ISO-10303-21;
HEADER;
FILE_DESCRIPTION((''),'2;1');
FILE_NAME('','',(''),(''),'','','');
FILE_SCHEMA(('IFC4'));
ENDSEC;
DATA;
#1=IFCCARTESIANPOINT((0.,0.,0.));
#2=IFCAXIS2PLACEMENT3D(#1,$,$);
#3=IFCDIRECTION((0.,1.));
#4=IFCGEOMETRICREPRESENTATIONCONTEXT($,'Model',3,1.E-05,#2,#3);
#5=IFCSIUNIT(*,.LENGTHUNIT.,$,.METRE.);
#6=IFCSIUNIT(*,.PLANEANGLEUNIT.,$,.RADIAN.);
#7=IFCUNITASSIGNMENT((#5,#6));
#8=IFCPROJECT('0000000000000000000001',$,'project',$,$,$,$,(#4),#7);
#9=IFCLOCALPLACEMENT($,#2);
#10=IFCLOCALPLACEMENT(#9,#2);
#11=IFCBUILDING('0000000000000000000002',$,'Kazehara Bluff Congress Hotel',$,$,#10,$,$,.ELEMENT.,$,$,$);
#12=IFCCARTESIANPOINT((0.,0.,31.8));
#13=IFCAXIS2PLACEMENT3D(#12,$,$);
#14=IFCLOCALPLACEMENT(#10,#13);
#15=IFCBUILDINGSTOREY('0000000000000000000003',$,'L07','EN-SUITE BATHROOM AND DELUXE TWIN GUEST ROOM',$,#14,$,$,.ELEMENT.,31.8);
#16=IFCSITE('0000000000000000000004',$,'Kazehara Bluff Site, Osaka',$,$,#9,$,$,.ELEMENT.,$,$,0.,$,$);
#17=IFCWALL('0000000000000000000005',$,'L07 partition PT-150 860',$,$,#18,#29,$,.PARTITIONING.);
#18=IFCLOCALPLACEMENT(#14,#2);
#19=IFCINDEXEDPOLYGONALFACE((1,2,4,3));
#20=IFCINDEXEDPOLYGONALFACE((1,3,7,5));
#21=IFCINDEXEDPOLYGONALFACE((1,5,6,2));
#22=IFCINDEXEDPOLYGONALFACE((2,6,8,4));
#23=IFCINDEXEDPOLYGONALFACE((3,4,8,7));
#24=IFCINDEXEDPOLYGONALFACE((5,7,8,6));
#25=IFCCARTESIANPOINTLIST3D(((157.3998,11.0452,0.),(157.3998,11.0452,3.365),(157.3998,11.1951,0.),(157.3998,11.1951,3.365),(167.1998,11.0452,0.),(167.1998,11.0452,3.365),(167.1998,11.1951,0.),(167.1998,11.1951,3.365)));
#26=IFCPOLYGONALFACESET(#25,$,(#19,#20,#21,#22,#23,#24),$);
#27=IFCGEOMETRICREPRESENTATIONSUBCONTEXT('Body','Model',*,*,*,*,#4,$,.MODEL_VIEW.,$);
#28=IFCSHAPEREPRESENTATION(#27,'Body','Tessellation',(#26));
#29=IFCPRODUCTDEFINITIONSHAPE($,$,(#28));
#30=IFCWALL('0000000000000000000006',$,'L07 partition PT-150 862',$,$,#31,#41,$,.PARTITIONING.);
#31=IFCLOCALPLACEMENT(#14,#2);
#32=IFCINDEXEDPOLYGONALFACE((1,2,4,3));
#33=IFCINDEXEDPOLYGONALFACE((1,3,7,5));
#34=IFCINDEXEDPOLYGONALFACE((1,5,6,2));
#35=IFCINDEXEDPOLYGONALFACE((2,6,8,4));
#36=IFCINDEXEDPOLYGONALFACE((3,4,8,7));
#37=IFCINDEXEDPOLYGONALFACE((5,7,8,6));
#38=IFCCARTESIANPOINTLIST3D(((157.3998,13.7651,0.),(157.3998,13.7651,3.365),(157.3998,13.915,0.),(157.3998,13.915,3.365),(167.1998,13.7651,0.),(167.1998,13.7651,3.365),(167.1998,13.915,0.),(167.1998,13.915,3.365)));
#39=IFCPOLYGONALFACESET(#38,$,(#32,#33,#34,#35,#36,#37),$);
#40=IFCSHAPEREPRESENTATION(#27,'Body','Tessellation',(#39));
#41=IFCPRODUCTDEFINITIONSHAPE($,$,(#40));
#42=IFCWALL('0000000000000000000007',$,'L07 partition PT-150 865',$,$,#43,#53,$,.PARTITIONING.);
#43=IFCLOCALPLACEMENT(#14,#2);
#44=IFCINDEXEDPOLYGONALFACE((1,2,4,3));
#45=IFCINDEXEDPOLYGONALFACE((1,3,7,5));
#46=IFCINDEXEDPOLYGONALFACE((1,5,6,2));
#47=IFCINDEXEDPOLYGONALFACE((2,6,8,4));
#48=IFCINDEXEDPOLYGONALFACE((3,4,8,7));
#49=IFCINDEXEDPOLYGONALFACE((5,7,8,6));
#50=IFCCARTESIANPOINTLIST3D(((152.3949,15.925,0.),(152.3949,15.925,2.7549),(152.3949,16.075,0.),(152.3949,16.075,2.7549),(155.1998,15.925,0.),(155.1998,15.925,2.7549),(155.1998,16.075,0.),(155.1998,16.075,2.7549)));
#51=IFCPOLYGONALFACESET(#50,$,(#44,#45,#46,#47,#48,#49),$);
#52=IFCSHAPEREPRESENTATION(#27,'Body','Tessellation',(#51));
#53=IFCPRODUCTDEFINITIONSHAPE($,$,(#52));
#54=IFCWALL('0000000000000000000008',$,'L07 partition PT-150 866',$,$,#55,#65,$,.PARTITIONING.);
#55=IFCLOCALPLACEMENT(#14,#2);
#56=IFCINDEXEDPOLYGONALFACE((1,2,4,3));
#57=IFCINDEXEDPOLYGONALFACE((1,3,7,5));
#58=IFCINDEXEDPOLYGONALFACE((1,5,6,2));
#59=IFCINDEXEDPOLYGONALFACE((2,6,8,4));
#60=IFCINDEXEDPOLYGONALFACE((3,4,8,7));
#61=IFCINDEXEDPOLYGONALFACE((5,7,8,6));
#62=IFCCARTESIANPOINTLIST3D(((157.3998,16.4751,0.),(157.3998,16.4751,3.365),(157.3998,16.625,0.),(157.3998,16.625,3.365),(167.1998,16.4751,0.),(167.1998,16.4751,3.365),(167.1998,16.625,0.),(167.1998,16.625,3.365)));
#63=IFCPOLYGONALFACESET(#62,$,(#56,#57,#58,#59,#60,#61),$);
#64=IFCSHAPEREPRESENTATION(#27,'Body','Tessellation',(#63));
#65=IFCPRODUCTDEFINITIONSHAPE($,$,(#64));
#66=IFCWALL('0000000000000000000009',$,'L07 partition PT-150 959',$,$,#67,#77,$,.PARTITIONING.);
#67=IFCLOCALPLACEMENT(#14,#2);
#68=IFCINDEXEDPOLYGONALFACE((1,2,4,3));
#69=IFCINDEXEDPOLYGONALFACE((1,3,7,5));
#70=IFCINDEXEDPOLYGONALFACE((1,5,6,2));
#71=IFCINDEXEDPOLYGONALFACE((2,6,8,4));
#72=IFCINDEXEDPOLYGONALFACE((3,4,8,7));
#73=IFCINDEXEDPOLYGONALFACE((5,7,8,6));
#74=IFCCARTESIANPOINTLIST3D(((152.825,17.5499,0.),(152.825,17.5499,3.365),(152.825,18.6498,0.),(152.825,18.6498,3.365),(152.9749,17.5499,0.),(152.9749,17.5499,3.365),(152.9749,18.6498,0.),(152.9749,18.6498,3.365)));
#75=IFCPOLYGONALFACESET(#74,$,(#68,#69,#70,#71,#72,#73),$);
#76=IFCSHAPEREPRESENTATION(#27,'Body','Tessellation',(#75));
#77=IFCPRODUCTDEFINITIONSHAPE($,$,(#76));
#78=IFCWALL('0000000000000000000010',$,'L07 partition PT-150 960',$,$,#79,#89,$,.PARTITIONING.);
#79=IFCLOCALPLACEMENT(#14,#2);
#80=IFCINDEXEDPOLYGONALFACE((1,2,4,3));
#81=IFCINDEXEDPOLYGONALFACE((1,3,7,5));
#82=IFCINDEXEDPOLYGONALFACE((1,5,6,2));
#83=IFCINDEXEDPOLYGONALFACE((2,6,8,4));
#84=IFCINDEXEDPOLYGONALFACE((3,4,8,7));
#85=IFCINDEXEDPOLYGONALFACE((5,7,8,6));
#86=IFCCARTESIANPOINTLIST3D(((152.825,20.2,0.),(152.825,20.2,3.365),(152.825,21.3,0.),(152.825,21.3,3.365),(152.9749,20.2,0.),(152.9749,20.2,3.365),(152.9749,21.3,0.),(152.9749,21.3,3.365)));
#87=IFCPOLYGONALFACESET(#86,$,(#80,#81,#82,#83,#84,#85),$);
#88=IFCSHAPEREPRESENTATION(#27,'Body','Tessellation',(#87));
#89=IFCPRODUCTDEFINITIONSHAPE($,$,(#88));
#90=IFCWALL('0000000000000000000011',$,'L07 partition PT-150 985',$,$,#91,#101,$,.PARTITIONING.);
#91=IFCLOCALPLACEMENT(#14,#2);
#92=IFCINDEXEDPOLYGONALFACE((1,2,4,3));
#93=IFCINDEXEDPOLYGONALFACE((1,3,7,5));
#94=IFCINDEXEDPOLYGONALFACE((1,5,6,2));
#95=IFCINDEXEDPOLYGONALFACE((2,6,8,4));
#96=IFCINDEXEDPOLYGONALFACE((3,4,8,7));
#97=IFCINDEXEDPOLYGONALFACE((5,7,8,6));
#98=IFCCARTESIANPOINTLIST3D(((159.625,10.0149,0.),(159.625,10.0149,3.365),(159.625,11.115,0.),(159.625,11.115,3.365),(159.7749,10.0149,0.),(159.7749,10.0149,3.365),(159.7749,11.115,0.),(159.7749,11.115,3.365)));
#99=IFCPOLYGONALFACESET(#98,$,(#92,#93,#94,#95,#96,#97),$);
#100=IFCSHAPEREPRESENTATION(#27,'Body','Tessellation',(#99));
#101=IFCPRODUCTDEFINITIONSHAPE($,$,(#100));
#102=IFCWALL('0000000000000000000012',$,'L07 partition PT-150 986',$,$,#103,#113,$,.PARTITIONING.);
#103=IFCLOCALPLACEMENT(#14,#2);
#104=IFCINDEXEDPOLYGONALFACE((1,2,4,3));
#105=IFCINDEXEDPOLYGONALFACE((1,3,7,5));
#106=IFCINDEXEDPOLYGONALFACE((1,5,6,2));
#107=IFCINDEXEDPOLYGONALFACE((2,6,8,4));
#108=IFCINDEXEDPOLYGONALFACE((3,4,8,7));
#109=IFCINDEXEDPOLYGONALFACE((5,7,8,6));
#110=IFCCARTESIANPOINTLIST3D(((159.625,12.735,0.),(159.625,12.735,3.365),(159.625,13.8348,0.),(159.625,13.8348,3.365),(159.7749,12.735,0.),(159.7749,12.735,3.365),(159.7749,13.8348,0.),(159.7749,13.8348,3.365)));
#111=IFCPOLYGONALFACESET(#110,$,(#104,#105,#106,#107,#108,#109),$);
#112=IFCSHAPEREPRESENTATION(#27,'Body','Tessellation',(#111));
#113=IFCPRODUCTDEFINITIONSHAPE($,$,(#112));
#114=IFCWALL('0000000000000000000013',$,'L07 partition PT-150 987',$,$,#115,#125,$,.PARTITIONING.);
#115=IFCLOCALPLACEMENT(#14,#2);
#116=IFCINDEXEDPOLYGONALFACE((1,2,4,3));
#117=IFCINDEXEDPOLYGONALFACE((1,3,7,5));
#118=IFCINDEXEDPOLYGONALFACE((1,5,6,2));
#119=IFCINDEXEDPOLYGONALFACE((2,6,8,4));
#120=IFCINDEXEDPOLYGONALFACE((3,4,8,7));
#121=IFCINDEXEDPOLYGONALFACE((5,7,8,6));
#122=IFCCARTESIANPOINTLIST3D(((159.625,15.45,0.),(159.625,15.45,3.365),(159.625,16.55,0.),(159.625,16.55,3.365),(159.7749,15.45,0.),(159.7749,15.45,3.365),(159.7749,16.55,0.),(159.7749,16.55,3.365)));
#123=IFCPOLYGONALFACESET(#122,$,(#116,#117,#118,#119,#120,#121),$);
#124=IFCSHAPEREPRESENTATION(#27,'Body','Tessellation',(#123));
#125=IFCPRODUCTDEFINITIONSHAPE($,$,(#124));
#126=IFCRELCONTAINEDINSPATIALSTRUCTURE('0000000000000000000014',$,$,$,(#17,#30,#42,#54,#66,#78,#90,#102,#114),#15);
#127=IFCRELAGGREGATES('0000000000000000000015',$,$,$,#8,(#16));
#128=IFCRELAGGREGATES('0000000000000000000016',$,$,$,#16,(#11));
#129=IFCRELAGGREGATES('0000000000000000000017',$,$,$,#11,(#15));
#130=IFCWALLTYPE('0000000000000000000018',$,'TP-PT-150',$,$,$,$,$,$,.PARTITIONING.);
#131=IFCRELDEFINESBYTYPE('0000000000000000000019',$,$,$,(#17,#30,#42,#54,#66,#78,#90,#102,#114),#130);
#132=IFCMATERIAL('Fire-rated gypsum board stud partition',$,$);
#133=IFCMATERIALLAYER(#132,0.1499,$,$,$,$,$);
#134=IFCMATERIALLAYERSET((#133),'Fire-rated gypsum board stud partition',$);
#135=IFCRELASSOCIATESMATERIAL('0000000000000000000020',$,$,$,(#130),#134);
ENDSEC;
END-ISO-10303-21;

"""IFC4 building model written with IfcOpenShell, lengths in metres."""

from ifc_helpers import new_model, si_unit, direction, frame, frame_2d, origin, place, context, subcontext, project, spatial, rectangle, extrude, material, layer, layer_set, type_object, element, save


model = new_model("IFC4")

# Units and contexts
model_context = context("Model", 3, precision=1e-05, world=origin(), true_north=direction((0.0, 1.0)))
body_context = subcontext(model_context, "Body", "Model", "MODEL_VIEW")
ifc_project = project(units=[si_unit("LENGTHUNIT", "METRE"), si_unit("PLANEANGLEUNIT", "RADIAN")], contexts=[model_context])

# Site, building, storey
site_placement = place(None, origin())
site = spatial("IfcSite", under=ifc_project, at=site_placement, Name="Kazehara Bluff Site, Osaka", CompositionType="ELEMENT", RefElevation=0.0)
building_placement = place(site_placement, origin())
building = spatial("IfcBuilding", under=site, at=building_placement, Name="Kazehara Bluff Congress Hotel", CompositionType="ELEMENT")
storey_placement = place(building_placement, frame((0.0, 0.0, 31.8)))
storey = spatial("IfcBuildingStorey", under=building, at=storey_placement, Name="L07", Description="EN-SUITE BATHROOM AND DELUXE TWIN GUEST ROOM", CompositionType="ELEMENT", Elevation=31.8)

# Shared definitions
ifc_material_1 = material(Name="Fire-rated gypsum board stud partition")
ifc_layer_1 = layer(ifc_material_1, 0.1499)
ifc_layer_set_1 = layer_set([ifc_layer_1], Name="Fire-rated gypsum board stud partition")
wall_type_1 = type_object("IfcWallType", Name="TP-PT-150", PredefinedType="PARTITIONING", material=ifc_layer_set_1)

# Wall
wall_1_placement = place(storey_placement, frame((157.3999, 11.1201, 0.0), z_axis=(0.0, 0.0, 1.0), x_axis=(1.0, 0.0, 0.0)))
element("IfcWall", 1, at=wall_1_placement, inside=storey, type_object=wall_type_1, Name="L07 partition PT-150 860", PredefinedType="PARTITIONING", context=body_context, shape_type="SweptSolid", body=[
    extrude(rectangle(XDim=9.8, YDim=0.1499, at=frame_2d((4.8999, 0.0))), origin(), (0.0, 0.0, 1.0), 3.365),
])

# Wall
wall_2_placement = place(storey_placement, frame((157.3999, 13.8401, 0.0), z_axis=(0.0, 0.0, 1.0), x_axis=(1.0, 0.0, 0.0)))
element("IfcWall", 2, at=wall_2_placement, inside=storey, type_object=wall_type_1, Name="L07 partition PT-150 862", PredefinedType="PARTITIONING", context=body_context, shape_type="SweptSolid", body=[
    extrude(rectangle(XDim=9.8, YDim=0.1499, at=frame_2d((4.8999, 0.0))), origin(), (0.0, 0.0, 1.0), 3.365),
])

# Walls
wall_3_placement = place(storey_placement, frame((152.395, 16.0, 0.0), z_axis=(0.0, 0.0, 1.0), x_axis=(1.0, 0.0, 0.0)))
element("IfcWall", 3, at=wall_3_placement, inside=storey, type_object=wall_type_1, Name="L07 partition PT-150 865", PredefinedType="PARTITIONING", context=body_context, shape_type="SweptSolid", body=[
    extrude(rectangle(XDim=2.8049, YDim=0.1499, at=frame_2d((1.4023, 0.0))), origin(), (0.0, 0.0, 1.0), 2.7549),
])
wall_4_placement = place(storey_placement, frame((157.3999, 16.55, 0.0), z_axis=(0.0, 0.0, 1.0), x_axis=(1.0, 0.0, 0.0)))
element("IfcWall", 4, at=wall_4_placement, inside=storey, type_object=wall_type_1, Name="L07 partition PT-150 866", PredefinedType="PARTITIONING", context=body_context, shape_type="SweptSolid", body=[
    extrude(rectangle(XDim=9.8, YDim=0.1499, at=frame_2d((4.8999, 0.0))), origin(), (0.0, 0.0, 1.0), 3.365),
])

# Walls
wall_5_placement = place(storey_placement, frame((152.8999, 17.55, 0.0), z_axis=(0.0, 0.0, 1.0), x_axis=(0.0, 1.0, 0.0)))
element("IfcWall", 5, at=wall_5_placement, inside=storey, type_object=wall_type_1, Name="L07 partition PT-150 959", PredefinedType="PARTITIONING", context=body_context, shape_type="SweptSolid", body=[
    extrude(rectangle(XDim=1.0999, YDim=0.1499, at=frame_2d((0.5498, 0.0))), origin(), (0.0, 0.0, 1.0), 3.365),
])
wall_6_placement = place(storey_placement, frame((152.8999, 20.2, 0.0), z_axis=(0.0, 0.0, 1.0), x_axis=(0.0, 1.0, 0.0)))
element("IfcWall", 6, at=wall_6_placement, inside=storey, type_object=wall_type_1, Name="L07 partition PT-150 960", PredefinedType="PARTITIONING", context=body_context, shape_type="SweptSolid", body=[
    extrude(rectangle(XDim=1.1001, YDim=0.1499, at=frame_2d((0.55, 0.0))), origin(), (0.0, 0.0, 1.0), 3.365),
])

# Walls
wall_7_placement = place(storey_placement, frame((159.7, 10.0149, 0.0), z_axis=(0.0, 0.0, 1.0), x_axis=(0.0, 1.0, 0.0)))
element("IfcWall", 7, at=wall_7_placement, inside=storey, type_object=wall_type_1, Name="L07 partition PT-150 985", PredefinedType="PARTITIONING", context=body_context, shape_type="SweptSolid", body=[
    extrude(rectangle(XDim=1.1001, YDim=0.1499, at=frame_2d((0.55, 0.0))), origin(), (0.0, 0.0, 1.0), 3.365),
])
wall_8_placement = place(storey_placement, frame((159.7, 12.7351, 0.0), z_axis=(0.0, 0.0, 1.0), x_axis=(0.0, 1.0, 0.0)))
element("IfcWall", 8, at=wall_8_placement, inside=storey, type_object=wall_type_1, Name="L07 partition PT-150 986", PredefinedType="PARTITIONING", context=body_context, shape_type="SweptSolid", body=[
    extrude(rectangle(XDim=1.0999, YDim=0.1499, at=frame_2d((0.5498, 0.0))), origin(), (0.0, 0.0, 1.0), 3.365),
])
wall_9_placement = place(storey_placement, frame((159.7, 15.45, 0.0), z_axis=(0.0, 0.0, 1.0), x_axis=(0.0, 1.0, 0.0)))
element("IfcWall", 9, at=wall_9_placement, inside=storey, type_object=wall_type_1, Name="L07 partition PT-150 987", PredefinedType="PARTITIONING", context=body_context, shape_type="SweptSolid", body=[
    extrude(rectangle(XDim=1.1001, YDim=0.1499, at=frame_2d((0.55, 0.0))), origin(), (0.0, 0.0, 1.0), 3.365),
])

save(model, "model.ifc")
